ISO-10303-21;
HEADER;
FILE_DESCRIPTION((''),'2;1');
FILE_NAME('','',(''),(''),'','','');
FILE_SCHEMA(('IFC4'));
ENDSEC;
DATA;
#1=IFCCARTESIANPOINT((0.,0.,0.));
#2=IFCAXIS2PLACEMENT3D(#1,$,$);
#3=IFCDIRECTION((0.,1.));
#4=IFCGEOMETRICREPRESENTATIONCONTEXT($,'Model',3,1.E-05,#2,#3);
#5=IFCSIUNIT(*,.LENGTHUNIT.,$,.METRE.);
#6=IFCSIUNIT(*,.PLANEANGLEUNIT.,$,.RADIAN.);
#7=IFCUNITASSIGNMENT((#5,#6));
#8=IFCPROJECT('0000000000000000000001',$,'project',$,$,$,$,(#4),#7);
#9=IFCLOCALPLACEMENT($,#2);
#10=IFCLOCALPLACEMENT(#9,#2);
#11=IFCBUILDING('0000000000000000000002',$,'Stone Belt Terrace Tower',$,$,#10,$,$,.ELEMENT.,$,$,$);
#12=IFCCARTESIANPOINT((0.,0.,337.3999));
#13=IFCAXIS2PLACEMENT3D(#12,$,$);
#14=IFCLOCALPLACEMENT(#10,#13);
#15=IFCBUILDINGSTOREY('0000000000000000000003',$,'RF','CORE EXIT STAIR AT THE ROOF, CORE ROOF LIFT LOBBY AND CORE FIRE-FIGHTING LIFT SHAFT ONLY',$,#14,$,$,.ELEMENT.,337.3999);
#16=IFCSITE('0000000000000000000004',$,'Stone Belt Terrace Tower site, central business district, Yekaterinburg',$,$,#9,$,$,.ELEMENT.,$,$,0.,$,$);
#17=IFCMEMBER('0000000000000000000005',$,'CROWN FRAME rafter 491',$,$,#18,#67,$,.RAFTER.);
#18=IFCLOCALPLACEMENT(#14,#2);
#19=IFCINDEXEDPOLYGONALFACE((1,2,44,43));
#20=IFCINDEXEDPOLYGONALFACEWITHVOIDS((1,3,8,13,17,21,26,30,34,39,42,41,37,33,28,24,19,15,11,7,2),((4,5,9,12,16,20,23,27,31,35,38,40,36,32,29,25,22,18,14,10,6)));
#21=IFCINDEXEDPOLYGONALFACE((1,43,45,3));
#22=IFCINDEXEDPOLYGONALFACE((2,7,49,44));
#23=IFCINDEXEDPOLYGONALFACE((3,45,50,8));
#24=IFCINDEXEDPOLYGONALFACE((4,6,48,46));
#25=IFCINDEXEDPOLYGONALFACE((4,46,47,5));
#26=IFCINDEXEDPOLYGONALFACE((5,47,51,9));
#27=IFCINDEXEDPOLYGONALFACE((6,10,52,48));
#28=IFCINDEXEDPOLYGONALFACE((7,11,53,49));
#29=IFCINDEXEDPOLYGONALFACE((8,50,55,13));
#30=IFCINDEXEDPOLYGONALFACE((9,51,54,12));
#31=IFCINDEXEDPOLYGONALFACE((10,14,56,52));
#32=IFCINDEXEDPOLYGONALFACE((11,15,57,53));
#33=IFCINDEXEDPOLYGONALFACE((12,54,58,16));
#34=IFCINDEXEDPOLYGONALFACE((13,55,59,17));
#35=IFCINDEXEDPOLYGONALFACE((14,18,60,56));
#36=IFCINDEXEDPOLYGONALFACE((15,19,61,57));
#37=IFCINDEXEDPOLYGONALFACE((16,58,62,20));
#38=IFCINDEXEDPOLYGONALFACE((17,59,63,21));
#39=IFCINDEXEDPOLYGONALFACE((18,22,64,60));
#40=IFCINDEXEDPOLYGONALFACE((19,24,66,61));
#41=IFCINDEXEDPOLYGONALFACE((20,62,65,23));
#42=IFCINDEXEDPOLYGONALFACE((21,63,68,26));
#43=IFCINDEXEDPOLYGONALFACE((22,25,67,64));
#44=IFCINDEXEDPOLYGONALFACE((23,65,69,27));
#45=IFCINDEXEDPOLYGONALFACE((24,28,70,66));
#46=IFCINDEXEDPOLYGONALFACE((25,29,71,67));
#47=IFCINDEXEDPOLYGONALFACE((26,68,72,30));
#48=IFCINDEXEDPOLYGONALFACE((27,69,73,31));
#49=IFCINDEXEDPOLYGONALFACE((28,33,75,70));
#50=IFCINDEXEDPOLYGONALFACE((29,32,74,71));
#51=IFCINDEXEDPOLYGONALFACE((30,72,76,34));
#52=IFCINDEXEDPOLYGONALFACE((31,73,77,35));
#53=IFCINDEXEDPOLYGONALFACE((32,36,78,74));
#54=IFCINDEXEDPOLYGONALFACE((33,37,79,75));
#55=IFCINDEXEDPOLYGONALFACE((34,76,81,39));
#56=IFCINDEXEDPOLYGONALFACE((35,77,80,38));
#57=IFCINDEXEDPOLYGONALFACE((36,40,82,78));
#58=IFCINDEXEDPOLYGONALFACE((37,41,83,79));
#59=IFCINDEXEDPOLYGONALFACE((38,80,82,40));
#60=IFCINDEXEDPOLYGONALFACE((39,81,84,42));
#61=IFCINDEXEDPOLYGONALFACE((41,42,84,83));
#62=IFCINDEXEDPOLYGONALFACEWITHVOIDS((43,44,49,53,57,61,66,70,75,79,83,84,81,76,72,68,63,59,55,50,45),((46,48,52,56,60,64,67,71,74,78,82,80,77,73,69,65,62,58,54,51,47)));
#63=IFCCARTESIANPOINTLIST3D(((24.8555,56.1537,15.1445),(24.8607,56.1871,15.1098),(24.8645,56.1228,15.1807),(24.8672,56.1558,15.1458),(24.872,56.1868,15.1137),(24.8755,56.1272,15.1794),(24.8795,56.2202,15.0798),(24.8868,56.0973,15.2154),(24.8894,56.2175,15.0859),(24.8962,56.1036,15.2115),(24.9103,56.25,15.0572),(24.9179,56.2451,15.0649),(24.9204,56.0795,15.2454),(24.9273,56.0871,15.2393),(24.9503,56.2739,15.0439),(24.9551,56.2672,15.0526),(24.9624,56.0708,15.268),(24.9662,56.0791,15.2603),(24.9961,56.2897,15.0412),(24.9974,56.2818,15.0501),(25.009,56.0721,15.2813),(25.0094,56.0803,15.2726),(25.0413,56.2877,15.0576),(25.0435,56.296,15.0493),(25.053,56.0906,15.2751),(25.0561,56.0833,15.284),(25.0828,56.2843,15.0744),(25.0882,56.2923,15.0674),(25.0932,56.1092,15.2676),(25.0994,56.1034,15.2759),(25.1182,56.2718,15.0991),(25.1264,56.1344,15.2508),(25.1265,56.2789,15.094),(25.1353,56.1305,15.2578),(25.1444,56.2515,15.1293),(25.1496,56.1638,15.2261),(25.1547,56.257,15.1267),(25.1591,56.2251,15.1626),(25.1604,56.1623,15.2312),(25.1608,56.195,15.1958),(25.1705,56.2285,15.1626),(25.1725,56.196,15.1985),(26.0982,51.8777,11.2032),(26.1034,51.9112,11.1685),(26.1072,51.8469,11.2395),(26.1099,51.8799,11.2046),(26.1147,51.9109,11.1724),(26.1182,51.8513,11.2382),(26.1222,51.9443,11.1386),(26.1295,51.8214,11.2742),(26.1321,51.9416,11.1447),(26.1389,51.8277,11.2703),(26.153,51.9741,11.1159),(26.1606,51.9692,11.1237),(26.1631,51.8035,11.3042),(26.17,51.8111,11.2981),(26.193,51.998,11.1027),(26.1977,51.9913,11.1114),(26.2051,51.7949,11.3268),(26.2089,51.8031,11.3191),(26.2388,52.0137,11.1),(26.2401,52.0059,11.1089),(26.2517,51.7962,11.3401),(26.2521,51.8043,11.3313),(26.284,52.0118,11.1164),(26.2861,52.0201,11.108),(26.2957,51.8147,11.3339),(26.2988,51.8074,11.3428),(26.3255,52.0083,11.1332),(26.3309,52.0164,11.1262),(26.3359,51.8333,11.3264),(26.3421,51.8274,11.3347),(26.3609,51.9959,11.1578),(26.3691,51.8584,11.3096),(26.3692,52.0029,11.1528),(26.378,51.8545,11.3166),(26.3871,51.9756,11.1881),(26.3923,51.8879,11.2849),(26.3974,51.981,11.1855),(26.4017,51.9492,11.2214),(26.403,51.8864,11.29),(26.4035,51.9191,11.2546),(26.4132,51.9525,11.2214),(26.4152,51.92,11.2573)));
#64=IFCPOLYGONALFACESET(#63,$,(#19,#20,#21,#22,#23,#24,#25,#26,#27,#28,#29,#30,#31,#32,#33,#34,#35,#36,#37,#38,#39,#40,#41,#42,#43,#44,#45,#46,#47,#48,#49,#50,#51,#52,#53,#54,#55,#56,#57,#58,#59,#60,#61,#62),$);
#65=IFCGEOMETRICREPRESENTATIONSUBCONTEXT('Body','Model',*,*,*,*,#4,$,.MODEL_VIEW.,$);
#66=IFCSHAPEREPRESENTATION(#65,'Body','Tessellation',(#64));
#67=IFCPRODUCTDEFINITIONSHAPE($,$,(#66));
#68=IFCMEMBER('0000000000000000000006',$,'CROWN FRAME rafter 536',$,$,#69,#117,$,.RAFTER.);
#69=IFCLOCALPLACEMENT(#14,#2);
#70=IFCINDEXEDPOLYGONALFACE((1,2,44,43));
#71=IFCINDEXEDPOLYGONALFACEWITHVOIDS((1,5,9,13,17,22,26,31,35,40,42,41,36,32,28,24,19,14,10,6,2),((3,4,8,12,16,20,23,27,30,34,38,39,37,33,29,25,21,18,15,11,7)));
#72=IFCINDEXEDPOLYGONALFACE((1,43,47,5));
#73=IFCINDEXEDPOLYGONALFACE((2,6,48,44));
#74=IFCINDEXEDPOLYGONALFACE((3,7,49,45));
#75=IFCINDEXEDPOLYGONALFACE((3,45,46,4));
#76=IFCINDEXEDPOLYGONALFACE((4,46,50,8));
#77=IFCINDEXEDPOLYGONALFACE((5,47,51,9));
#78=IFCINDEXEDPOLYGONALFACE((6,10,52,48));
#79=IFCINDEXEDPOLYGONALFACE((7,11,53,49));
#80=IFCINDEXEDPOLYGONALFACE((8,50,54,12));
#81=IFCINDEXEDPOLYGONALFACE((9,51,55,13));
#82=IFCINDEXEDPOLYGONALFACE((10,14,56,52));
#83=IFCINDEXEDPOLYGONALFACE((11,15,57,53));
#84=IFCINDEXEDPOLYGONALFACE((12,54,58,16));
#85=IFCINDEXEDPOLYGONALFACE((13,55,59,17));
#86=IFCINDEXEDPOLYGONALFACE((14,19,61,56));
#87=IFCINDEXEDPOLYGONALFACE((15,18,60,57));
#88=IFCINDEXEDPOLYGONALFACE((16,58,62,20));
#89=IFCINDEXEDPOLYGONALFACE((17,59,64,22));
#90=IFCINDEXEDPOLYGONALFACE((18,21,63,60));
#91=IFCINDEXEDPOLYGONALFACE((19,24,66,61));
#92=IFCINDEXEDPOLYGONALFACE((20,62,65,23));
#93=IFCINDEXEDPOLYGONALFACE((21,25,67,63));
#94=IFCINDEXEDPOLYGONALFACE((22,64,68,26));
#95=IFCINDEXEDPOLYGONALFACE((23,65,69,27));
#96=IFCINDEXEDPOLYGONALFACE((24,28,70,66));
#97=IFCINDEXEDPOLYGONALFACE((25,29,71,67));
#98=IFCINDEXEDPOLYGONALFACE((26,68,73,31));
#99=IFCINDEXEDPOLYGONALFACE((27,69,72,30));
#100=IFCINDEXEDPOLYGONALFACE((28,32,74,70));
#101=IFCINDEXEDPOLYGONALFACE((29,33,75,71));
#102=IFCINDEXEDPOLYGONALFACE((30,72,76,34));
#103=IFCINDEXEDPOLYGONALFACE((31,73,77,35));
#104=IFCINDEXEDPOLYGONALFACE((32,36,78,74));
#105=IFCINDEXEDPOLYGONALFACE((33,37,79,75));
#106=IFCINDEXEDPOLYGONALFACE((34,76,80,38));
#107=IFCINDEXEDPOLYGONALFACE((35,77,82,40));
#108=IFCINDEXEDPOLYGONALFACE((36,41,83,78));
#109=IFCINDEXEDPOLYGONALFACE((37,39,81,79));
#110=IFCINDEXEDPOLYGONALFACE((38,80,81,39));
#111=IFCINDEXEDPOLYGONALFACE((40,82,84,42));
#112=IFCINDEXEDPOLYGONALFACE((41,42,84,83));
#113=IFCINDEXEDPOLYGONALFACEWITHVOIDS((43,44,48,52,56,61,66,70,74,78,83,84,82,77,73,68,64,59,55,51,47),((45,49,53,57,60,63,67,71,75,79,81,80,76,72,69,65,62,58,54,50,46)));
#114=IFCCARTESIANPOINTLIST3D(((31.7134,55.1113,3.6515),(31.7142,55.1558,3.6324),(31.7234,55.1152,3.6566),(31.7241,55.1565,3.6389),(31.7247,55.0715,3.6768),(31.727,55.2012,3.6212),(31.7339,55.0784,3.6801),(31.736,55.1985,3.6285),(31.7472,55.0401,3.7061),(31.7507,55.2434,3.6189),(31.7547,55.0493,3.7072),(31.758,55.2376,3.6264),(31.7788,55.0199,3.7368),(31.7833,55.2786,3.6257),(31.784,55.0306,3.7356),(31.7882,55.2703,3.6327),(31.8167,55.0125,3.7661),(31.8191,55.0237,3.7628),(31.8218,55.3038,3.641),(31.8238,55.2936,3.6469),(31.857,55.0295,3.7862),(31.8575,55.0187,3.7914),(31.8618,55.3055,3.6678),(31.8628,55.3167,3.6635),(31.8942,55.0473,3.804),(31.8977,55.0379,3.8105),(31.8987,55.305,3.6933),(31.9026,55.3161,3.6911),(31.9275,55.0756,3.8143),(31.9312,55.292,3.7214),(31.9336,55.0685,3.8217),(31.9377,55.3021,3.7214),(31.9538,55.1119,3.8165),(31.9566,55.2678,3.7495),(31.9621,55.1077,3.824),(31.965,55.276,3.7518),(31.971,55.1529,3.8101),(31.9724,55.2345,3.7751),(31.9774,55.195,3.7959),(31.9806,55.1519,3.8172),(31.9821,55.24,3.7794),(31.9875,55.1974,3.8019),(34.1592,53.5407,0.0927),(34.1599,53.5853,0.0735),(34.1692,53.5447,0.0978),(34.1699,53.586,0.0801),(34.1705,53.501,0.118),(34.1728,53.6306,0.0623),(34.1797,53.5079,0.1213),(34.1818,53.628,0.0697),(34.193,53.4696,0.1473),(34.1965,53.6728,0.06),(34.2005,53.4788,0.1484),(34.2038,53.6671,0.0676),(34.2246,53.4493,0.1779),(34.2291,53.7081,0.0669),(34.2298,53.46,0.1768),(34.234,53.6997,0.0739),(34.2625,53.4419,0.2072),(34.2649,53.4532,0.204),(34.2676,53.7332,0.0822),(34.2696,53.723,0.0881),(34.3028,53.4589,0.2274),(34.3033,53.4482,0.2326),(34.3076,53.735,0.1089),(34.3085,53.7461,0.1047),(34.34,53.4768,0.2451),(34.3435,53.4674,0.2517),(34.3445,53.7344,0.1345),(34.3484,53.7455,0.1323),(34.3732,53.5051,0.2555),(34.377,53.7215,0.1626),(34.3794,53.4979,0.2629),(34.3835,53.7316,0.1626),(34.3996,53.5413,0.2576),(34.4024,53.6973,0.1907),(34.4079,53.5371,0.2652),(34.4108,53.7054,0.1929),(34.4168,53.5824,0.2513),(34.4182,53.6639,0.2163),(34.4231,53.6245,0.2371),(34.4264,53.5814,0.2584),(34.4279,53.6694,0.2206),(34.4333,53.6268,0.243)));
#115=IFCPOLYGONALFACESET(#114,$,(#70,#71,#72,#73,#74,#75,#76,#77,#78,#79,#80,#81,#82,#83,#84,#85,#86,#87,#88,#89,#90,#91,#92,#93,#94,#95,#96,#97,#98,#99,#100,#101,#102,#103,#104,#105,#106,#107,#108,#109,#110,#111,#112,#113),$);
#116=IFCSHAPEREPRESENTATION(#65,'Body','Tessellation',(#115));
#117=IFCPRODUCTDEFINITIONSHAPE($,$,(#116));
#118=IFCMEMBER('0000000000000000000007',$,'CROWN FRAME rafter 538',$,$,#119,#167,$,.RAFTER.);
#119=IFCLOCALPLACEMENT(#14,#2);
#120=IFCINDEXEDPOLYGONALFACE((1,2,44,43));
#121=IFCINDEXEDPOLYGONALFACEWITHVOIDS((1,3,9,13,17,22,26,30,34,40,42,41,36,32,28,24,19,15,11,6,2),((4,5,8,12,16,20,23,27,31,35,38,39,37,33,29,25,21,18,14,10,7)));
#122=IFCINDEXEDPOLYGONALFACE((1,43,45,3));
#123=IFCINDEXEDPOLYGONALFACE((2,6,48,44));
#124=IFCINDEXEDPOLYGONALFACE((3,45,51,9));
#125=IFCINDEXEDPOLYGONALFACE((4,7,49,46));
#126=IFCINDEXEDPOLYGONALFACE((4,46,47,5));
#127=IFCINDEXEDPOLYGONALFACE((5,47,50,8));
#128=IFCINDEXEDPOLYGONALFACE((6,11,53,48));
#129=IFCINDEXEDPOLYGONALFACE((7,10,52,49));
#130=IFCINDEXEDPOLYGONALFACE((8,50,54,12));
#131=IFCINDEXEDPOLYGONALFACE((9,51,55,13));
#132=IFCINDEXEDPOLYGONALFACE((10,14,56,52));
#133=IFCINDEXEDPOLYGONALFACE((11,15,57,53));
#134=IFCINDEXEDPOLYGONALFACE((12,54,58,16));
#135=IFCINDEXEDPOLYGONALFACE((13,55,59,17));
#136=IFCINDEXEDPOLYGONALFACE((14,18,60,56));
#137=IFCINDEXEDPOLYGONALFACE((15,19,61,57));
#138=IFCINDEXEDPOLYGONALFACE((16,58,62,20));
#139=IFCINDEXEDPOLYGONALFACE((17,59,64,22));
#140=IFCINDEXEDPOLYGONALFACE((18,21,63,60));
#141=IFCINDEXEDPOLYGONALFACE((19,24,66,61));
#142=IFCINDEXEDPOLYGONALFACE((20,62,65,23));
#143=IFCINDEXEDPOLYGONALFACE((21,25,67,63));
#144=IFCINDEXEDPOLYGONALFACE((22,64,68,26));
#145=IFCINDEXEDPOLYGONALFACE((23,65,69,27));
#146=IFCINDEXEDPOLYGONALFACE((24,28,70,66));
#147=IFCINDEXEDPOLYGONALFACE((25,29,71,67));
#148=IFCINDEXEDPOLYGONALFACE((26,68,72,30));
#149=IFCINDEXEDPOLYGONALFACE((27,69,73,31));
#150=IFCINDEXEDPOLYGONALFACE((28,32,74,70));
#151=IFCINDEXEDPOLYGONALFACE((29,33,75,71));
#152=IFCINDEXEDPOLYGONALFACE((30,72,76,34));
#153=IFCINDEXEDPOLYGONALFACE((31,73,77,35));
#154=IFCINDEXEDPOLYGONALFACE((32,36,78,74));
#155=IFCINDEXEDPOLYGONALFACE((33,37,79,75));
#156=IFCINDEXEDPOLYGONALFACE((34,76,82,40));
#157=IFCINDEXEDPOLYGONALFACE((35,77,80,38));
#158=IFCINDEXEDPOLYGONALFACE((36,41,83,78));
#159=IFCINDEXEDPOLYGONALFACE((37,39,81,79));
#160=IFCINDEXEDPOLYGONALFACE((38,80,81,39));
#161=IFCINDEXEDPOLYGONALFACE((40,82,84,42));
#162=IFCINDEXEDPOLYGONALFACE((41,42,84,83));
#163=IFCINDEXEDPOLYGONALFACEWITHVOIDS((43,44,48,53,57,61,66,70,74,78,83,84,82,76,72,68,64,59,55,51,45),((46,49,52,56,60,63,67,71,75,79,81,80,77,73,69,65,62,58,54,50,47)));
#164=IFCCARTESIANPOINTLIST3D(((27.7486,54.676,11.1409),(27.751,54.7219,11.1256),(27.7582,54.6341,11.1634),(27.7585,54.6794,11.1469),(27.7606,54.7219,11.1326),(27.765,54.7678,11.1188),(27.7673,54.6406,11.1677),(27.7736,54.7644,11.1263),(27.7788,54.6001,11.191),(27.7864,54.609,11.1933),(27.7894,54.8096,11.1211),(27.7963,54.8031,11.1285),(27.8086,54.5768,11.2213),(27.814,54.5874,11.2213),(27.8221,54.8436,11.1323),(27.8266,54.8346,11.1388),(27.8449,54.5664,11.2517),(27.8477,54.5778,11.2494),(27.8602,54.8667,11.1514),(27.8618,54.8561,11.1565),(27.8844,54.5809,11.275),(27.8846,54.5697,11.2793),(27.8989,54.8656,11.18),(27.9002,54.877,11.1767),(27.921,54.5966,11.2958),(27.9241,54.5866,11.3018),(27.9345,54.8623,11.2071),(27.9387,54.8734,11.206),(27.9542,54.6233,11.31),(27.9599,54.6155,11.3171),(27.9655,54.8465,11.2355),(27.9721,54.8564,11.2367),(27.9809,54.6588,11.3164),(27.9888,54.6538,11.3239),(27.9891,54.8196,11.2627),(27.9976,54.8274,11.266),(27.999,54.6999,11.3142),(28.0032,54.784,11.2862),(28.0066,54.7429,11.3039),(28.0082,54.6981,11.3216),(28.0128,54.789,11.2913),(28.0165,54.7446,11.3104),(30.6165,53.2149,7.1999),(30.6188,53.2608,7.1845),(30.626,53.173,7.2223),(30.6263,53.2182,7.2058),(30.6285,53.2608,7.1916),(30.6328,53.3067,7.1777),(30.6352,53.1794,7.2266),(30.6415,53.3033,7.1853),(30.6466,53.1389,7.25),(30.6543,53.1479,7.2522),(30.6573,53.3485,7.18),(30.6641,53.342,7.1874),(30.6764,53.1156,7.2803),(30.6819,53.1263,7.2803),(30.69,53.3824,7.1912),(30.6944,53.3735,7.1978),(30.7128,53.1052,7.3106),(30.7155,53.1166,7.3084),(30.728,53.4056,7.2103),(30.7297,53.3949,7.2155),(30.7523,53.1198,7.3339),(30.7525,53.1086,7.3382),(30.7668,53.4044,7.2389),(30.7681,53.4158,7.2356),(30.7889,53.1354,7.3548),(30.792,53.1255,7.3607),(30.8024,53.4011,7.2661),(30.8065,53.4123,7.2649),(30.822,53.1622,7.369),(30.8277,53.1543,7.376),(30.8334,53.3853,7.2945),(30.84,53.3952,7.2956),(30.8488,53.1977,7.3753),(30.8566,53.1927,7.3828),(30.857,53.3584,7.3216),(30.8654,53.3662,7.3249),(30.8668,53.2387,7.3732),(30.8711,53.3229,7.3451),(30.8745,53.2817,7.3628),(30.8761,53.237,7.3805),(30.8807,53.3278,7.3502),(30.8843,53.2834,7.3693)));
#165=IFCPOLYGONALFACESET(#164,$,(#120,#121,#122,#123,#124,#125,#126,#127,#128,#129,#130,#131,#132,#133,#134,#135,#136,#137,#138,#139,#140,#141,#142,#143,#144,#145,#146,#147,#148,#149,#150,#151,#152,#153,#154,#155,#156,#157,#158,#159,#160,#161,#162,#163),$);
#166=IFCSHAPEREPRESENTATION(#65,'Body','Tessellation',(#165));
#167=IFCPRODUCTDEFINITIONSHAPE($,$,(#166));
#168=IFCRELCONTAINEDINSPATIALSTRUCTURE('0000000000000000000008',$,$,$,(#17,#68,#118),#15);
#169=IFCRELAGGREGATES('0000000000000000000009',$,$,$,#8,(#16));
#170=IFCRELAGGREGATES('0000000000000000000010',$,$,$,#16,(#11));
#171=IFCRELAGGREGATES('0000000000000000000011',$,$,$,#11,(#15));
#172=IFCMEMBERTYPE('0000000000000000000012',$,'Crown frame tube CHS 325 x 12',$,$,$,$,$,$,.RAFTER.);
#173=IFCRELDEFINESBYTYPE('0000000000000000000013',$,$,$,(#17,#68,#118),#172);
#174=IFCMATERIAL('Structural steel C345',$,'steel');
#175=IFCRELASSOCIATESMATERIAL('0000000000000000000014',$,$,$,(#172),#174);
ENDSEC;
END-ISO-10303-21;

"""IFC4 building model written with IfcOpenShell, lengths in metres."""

from ifc_helpers import new_model, si_unit, direction, frame, origin, origin_2d, place, context, subcontext, project, spatial, hollow_circle, extrude, material, material_profile, profile_set, type_object, element, save


model = new_model("IFC4")

# Units and contexts
model_context = context("Model", 3, precision=1e-05, world=origin(), true_north=direction((0.0, 1.0)))
body_context = subcontext(model_context, "Body", "Model", "MODEL_VIEW")
ifc_project = project(units=[si_unit("LENGTHUNIT", "METRE"), si_unit("PLANEANGLEUNIT", "RADIAN")], contexts=[model_context])

# Site, building, storey
site_placement = place(None, origin())
site = spatial("IfcSite", under=ifc_project, at=site_placement, Name="Stone Belt Terrace Tower site, central business district, Yekaterinburg", CompositionType="ELEMENT", RefElevation=0.0)
building_placement = place(site_placement, origin())
building = spatial("IfcBuilding", under=site, at=building_placement, Name="Stone Belt Terrace Tower", CompositionType="ELEMENT")
storey_placement = place(building_placement, frame((0.0, 0.0, 337.3999)))
storey = spatial("IfcBuildingStorey", under=building, at=storey_placement, Name="RF", Description="CORE EXIT STAIR AT THE ROOF, CORE ROOF LIFT LOBBY AND CORE FIRE-FIGHTING LIFT SHAFT ONLY", CompositionType="ELEMENT", Elevation=337.3999)

# Members
ifc_material_1 = material(Name="Structural steel C345", Category="steel")
ifc_material_profile_1 = material_profile(ifc_material_1, hollow_circle(Radius=0.1626, WallThickness=0.012, at=origin_2d()), Name="Structural steel C345 CHS 325x12")
ifc_profile_set_1 = profile_set([ifc_material_profile_1], Name="Structural steel C345")
member_type_1 = type_object("IfcMemberType", Name="Crown frame tube CHS 325 x 12", PredefinedType="RAFTER", material=ifc_profile_set_1)
member_1_placement = place(storey_placement, frame((25.0144, 56.1831, 15.1626), z_axis=(0.208978, -0.719065, -0.662777), x_axis=(0.960269, 0.279078, 0.0)))
element("IfcMember", 1, at=member_1_placement, inside=storey, type_object=member_type_1, Name="CROWN FRAME rafter 491", PredefinedType="RAFTER", context=body_context, shape_type="SweptSolid", body=[
    extrude(hollow_circle(Radius=0.1626, WallThickness=0.012, at=origin_2d()), origin(), (0.0, 0.0, 1.0), 5.9465),
])
member_2_placement = place(storey_placement, frame((31.8499, 55.1653, 3.7214), z_axis=(0.532276, -0.341798, -0.774504), x_axis=(0.540333, 0.841451, 0.0)))
element("IfcMember", 2, at=member_2_placement, inside=storey, type_object=member_type_1, Name="CROWN FRAME rafter 536", PredefinedType="RAFTER", context=body_context, shape_type="SweptSolid", body=[
    extrude(hollow_circle(Radius=0.1626, WallThickness=0.012, at=origin_2d()), origin(), (0.0, 0.0, 1.0), 4.595),
])
member_3_placement = place(storey_placement, frame((30.7502, 53.2605, 7.2803), z_axis=(-0.563609, 0.287154, 0.774524), x_axis=(-0.453967, -0.891019, 0.0)))
element("IfcMember", 3, at=member_3_placement, inside=storey, type_object=member_type_1, Name="CROWN FRAME rafter 538", PredefinedType="RAFTER", context=body_context, shape_type="SweptSolid", body=[
    extrude(hollow_circle(Radius=0.1626, WallThickness=0.012, at=origin_2d()), origin(), (0.0, 0.0, 1.0), 5.0884),
])

save(model, "model.ifc")
